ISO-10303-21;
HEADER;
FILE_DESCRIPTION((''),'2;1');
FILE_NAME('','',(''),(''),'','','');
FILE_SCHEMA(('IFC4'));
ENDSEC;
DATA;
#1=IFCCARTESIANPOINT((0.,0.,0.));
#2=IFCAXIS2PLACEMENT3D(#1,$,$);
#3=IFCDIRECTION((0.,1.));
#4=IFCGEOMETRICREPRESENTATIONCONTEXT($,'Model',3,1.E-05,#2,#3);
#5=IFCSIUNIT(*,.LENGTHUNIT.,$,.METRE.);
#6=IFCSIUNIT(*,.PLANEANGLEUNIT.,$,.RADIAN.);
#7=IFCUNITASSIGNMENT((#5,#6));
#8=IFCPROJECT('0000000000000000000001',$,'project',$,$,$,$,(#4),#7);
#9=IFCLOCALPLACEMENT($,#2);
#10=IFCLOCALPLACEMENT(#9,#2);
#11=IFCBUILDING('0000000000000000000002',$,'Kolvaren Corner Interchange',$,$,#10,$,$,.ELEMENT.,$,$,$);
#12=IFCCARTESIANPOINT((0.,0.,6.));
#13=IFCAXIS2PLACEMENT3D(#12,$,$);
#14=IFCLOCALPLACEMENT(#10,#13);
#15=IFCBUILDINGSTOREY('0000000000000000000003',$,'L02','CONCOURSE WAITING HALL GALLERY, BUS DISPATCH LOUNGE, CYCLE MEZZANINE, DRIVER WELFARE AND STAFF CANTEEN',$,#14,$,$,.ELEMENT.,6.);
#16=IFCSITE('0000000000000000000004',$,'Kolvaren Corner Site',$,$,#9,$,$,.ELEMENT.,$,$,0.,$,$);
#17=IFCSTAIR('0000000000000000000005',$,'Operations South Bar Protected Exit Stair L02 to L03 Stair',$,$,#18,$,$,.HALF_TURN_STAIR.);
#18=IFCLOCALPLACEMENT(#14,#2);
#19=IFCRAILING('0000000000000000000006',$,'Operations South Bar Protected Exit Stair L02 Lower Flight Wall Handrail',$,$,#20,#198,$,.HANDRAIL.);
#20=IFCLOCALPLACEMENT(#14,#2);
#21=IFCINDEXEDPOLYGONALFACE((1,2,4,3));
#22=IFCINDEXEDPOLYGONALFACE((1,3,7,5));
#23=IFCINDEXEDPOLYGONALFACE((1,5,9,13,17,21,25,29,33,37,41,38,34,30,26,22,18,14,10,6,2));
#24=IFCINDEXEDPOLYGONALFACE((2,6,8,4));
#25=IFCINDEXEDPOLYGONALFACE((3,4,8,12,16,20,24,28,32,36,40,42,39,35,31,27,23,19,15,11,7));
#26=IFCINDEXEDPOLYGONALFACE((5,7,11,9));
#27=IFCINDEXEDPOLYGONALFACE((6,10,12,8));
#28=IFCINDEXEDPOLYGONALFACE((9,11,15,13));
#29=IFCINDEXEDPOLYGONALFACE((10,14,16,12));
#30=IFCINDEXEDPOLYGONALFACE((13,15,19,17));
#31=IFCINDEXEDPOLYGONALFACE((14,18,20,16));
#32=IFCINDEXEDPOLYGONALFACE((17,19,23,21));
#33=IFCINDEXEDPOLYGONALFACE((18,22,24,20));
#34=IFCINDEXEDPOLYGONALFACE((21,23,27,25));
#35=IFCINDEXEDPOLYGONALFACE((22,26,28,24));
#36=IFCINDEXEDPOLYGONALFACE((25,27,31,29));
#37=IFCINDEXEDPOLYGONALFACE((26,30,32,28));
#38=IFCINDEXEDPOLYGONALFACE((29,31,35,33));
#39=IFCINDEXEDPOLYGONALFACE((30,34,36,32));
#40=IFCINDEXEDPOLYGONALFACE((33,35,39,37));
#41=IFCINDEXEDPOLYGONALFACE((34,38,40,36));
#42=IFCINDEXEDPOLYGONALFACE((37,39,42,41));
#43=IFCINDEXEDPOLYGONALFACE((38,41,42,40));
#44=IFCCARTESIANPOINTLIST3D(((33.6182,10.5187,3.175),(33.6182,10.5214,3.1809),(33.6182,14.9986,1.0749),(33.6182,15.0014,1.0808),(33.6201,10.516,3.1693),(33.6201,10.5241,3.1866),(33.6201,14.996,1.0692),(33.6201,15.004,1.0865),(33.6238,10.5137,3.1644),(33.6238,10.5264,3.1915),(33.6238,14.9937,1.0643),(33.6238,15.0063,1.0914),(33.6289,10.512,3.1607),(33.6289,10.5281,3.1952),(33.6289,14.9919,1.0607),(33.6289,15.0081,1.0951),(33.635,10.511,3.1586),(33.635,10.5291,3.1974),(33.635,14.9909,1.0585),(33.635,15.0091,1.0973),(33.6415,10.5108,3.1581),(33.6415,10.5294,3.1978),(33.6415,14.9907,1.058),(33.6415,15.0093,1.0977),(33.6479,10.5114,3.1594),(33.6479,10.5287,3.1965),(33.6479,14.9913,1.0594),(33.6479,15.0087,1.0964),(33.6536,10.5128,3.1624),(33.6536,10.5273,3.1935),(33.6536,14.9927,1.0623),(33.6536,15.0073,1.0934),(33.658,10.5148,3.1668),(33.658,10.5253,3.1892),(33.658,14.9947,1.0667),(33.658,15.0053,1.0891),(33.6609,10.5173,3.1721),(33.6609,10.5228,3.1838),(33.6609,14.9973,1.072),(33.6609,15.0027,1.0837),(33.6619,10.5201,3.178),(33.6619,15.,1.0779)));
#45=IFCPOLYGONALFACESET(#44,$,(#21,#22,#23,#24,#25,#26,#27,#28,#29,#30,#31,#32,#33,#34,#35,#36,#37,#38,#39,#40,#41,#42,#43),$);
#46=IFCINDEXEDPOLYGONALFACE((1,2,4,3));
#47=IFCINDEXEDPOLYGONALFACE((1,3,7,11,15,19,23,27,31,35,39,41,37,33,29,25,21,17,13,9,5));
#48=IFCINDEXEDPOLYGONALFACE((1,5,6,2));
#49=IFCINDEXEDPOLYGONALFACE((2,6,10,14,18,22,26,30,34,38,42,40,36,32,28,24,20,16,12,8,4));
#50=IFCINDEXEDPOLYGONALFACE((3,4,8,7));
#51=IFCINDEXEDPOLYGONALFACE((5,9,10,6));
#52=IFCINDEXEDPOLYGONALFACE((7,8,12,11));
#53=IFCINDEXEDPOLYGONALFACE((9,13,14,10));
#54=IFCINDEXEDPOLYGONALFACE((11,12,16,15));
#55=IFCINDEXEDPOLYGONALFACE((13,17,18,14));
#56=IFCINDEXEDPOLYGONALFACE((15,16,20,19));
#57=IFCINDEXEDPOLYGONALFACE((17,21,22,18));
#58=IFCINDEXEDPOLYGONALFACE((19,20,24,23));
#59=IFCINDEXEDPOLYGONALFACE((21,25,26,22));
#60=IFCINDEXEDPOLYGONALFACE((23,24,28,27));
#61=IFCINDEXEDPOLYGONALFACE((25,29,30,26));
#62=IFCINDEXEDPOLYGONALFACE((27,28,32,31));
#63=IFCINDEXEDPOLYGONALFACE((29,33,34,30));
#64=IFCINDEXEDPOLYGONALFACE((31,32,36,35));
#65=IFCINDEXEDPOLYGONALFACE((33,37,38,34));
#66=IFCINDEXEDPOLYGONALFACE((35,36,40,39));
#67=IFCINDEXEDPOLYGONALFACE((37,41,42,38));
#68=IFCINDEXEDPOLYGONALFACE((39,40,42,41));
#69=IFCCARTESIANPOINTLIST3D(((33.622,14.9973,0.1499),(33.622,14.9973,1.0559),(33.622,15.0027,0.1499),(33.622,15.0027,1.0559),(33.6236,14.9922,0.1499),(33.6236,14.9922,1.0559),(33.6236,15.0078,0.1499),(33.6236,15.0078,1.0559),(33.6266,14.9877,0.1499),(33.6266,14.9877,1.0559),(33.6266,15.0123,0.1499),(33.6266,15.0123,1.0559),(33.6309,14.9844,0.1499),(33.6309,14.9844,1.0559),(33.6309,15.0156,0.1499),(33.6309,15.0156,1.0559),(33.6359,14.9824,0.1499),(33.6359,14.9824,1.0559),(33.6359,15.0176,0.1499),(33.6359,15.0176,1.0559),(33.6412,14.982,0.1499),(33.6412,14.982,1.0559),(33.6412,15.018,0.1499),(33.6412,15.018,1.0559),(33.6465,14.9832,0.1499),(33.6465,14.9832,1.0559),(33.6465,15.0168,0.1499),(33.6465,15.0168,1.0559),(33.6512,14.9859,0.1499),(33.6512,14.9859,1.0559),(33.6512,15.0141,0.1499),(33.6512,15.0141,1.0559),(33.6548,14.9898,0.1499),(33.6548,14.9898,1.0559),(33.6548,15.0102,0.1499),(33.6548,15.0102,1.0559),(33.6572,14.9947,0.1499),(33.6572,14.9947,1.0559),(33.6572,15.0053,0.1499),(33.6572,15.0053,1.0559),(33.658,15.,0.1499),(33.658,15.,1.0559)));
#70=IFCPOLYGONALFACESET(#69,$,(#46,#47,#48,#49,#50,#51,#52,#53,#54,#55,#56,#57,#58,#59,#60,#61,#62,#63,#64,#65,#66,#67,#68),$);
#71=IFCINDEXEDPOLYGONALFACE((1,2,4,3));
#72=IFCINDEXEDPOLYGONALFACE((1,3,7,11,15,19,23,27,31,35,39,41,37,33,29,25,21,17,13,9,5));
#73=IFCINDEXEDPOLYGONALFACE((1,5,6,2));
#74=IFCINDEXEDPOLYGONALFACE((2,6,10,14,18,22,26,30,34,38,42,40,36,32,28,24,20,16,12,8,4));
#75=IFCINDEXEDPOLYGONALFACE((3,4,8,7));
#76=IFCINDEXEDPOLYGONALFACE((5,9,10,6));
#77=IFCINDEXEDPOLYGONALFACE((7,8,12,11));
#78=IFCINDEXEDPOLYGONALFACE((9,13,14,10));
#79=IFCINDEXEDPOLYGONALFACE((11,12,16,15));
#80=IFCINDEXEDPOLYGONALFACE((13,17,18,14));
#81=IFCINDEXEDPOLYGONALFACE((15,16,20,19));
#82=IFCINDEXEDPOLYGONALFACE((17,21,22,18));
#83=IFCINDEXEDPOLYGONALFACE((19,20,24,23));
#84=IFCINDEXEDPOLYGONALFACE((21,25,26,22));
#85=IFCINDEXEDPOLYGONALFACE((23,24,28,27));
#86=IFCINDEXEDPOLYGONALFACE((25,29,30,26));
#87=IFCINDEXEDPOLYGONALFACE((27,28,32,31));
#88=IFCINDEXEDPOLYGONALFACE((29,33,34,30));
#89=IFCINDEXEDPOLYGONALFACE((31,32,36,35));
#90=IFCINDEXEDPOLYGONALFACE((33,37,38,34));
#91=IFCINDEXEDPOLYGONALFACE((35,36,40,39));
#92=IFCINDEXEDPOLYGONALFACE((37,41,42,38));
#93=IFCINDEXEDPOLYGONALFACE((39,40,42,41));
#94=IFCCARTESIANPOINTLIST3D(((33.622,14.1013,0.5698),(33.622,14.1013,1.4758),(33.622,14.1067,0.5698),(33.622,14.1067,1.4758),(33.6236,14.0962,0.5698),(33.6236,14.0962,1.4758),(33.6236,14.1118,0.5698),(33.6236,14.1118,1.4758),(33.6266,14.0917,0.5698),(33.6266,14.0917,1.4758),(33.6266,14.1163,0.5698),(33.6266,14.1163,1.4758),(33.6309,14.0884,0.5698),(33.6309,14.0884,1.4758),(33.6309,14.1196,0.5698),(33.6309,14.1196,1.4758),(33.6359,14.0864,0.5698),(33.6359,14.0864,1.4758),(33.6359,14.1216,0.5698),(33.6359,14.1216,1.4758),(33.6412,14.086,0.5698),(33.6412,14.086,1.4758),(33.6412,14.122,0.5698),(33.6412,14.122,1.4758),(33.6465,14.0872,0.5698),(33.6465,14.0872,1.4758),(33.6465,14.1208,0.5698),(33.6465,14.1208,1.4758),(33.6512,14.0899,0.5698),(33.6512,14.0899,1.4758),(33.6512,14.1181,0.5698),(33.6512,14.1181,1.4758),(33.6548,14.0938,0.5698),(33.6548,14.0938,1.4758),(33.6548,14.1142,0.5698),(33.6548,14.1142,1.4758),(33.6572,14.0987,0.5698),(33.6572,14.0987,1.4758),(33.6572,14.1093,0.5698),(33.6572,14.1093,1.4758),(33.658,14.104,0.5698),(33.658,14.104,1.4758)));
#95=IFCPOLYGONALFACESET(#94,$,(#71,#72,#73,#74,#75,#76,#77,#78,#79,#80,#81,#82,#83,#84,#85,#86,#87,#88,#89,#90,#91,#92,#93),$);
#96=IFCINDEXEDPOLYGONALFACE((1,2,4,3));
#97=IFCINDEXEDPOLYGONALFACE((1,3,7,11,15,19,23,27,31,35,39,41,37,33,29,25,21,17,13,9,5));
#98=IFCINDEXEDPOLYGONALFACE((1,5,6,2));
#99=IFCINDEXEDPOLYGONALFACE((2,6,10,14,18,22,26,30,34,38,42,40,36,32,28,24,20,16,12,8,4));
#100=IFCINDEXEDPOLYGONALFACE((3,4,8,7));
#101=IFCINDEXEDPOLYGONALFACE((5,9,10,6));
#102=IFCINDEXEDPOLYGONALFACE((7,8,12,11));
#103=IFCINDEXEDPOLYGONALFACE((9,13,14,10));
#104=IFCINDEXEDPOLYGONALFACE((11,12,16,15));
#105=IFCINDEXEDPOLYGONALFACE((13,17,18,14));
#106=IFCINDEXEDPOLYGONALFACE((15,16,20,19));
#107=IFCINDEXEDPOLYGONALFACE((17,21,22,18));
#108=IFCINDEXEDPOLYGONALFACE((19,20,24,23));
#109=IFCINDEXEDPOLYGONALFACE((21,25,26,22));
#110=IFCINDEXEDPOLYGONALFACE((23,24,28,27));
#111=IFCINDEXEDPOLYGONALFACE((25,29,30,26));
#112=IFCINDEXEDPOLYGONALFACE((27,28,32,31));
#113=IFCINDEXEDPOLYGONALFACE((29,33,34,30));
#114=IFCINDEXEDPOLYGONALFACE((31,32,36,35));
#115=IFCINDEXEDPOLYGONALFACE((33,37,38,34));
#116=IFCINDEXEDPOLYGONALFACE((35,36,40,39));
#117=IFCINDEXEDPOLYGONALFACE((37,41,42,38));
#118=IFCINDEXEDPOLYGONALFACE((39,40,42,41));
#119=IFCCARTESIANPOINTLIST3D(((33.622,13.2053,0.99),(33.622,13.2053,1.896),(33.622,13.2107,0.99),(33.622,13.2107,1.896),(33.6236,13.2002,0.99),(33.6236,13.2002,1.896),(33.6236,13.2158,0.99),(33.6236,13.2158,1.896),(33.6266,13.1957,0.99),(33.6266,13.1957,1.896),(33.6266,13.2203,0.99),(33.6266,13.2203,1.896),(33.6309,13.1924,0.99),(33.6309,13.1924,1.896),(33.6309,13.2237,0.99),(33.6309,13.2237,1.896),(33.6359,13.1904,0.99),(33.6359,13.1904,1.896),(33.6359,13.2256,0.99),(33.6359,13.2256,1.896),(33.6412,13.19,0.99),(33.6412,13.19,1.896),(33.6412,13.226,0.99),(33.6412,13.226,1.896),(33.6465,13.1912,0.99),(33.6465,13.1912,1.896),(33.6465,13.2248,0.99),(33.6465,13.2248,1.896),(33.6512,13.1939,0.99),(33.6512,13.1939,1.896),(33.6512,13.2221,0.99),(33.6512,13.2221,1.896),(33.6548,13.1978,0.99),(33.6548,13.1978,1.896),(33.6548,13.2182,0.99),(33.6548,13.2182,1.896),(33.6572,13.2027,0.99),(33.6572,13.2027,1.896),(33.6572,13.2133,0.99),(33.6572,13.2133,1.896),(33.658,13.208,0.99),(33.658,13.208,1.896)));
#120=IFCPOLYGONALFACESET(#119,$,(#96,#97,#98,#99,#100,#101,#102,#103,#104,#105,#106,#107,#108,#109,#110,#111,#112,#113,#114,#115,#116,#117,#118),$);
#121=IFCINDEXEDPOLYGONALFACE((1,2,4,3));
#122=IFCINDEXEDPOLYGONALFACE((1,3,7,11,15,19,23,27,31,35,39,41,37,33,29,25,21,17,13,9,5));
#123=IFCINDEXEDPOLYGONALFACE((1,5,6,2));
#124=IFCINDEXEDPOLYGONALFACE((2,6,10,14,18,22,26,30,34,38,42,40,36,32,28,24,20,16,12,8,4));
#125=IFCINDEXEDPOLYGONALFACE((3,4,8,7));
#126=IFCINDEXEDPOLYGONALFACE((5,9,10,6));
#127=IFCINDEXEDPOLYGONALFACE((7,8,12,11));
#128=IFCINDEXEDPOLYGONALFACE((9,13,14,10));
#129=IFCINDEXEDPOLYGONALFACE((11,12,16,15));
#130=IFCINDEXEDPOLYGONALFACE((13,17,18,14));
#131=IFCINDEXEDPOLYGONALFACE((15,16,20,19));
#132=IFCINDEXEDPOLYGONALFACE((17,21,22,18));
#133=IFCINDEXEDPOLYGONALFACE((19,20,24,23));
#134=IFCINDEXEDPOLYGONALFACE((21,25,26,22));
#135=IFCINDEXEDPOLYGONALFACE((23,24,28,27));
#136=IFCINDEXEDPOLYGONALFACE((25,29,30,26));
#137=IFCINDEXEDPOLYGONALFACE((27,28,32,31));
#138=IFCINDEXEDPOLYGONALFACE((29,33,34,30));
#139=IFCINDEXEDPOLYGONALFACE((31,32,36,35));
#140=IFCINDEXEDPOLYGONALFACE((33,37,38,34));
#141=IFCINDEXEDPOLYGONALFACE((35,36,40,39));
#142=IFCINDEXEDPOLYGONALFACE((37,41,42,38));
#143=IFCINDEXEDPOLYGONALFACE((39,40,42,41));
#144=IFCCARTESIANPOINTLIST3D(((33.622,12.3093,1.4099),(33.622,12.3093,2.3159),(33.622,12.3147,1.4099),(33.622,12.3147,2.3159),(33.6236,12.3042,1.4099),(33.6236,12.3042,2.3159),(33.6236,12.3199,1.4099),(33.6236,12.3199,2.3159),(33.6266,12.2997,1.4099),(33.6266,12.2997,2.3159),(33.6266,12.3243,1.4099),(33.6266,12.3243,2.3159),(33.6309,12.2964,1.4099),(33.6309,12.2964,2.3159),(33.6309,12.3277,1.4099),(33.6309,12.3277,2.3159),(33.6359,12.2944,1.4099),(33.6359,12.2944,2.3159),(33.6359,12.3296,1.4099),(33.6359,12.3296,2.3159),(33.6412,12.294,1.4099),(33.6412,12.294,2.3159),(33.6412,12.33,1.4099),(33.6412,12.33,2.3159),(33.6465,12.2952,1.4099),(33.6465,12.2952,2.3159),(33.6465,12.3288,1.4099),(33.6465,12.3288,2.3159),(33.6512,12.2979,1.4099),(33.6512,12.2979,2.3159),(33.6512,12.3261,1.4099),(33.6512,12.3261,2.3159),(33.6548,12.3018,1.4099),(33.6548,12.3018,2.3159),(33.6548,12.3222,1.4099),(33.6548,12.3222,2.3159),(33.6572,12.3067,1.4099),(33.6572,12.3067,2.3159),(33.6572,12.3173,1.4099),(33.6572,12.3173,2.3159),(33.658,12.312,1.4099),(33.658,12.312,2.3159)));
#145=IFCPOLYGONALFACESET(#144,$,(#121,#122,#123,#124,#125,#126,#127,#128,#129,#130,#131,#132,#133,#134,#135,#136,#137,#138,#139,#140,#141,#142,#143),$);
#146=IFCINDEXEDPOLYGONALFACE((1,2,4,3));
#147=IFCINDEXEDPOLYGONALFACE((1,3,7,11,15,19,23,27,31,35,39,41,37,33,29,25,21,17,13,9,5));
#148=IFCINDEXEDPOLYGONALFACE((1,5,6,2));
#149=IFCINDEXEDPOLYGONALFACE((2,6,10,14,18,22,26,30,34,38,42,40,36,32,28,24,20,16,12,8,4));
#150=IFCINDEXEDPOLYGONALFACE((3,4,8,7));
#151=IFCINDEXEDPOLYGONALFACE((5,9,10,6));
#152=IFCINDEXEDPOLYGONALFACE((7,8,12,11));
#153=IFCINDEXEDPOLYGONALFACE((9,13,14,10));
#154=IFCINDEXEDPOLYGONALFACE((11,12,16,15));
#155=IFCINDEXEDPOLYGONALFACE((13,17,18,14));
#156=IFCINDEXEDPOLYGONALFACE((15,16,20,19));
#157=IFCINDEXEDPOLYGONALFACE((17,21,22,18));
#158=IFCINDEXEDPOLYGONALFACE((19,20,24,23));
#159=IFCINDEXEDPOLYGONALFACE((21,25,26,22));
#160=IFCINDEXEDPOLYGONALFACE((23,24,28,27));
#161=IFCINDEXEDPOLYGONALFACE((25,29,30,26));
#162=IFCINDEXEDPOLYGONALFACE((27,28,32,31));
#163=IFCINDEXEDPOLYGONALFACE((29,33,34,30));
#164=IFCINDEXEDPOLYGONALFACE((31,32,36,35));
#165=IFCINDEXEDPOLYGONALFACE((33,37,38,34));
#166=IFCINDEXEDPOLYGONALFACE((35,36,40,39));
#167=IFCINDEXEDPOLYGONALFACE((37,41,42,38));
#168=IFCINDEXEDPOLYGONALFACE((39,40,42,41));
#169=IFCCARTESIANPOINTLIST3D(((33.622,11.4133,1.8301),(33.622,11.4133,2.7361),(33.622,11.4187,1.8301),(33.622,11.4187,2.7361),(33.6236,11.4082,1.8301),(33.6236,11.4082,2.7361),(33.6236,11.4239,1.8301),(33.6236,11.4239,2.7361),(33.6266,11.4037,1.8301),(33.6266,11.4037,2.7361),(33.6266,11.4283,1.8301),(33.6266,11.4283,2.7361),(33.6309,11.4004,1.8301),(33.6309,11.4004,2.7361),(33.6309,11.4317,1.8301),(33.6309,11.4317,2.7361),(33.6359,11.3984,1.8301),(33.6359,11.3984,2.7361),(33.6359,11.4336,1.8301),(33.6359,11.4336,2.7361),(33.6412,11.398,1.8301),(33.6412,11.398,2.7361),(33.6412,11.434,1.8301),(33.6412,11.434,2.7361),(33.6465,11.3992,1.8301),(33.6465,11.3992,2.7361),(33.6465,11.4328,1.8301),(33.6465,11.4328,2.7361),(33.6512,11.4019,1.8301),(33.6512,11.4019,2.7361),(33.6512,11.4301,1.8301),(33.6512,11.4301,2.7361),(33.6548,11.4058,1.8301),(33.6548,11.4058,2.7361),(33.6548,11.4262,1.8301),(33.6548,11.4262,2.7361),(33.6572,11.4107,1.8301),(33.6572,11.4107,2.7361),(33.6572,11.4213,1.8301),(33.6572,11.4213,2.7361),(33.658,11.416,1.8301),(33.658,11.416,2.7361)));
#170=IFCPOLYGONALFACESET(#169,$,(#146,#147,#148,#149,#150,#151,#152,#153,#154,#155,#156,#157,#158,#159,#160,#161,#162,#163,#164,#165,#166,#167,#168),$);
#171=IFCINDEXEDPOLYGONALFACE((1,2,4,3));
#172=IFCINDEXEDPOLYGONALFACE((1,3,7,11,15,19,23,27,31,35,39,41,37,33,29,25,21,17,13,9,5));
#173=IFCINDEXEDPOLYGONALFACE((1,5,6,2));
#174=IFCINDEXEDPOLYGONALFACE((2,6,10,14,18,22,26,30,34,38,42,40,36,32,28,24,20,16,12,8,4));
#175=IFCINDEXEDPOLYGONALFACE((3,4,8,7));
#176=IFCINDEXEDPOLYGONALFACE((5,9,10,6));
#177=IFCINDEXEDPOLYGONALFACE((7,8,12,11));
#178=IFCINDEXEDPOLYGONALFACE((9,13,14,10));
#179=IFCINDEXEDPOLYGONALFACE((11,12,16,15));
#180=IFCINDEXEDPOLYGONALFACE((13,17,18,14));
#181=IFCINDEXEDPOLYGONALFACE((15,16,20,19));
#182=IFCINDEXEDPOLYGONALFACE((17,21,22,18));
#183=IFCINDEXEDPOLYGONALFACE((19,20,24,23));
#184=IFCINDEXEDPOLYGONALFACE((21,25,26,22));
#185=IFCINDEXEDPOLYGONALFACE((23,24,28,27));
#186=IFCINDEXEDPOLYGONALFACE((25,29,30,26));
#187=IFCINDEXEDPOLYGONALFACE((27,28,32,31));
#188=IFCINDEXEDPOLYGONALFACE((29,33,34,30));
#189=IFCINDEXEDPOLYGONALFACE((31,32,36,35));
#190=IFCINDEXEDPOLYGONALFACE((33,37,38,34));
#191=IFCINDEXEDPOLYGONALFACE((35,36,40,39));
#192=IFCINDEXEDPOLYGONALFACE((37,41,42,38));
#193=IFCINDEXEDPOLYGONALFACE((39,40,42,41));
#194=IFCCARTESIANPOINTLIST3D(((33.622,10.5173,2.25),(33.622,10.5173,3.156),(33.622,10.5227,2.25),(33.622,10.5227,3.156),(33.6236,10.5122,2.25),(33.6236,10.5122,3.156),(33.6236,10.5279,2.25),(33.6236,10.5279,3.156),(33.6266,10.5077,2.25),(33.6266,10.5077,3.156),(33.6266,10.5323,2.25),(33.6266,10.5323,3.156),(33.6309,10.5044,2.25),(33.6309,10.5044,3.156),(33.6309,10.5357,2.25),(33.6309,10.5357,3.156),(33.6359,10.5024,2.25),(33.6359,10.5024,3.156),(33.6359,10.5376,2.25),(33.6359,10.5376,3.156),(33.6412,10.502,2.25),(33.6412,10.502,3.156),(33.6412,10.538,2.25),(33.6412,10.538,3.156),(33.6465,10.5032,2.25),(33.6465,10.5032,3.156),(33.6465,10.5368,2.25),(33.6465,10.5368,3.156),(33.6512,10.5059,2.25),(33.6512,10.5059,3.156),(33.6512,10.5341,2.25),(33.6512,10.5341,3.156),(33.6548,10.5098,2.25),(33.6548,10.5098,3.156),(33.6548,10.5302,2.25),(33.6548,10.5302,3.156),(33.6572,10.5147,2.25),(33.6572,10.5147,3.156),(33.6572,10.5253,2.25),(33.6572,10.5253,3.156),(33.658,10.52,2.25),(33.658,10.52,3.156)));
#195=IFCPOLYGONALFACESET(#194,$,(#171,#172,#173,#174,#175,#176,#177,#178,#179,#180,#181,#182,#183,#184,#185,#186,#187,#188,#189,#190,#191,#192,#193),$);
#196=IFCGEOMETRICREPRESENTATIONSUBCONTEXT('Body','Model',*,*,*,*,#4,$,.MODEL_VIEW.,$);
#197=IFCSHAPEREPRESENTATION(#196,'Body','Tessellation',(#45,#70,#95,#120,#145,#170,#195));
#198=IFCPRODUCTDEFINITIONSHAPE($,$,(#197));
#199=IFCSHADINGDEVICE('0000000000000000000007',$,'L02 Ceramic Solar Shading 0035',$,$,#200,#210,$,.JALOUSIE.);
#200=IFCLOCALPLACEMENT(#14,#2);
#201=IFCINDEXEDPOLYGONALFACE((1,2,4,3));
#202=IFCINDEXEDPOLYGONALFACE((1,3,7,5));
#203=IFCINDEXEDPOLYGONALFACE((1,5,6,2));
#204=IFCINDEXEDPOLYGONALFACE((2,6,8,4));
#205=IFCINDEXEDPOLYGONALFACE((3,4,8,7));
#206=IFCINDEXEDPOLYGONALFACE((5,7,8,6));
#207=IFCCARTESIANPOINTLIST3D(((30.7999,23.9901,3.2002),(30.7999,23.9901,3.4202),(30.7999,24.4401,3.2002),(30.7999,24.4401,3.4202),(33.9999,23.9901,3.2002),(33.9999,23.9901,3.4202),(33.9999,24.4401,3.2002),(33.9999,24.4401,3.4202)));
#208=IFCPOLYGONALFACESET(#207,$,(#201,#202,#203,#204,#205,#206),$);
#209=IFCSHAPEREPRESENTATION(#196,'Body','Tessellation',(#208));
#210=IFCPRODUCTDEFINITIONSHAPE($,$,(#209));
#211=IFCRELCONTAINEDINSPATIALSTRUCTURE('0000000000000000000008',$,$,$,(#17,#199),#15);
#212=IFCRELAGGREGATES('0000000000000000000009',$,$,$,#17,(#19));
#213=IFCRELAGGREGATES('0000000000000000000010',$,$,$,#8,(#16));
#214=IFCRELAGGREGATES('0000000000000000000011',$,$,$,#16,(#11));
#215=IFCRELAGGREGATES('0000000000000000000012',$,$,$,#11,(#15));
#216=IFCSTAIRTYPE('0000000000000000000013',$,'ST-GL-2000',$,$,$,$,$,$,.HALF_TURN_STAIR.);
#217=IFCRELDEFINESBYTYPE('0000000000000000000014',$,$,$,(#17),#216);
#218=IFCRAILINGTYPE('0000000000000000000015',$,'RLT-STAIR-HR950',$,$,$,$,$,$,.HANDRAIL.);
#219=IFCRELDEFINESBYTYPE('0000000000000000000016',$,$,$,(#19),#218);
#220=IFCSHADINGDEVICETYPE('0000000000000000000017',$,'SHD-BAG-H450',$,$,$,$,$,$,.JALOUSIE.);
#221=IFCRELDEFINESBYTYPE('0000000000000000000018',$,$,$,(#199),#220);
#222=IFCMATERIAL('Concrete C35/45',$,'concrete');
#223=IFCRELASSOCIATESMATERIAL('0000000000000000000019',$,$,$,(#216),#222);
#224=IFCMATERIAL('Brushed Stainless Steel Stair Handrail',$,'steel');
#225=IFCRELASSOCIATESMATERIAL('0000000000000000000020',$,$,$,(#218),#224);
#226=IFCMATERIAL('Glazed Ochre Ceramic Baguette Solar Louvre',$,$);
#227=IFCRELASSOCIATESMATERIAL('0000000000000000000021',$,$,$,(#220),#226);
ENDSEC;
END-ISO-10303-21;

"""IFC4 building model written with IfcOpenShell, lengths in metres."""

from ifc_helpers import new_model, si_unit, direction, frame, origin, origin_2d, place, context, subcontext, project, spatial, rectangle, circle, extrude, material, type_object, element, aggregate, save


model = new_model("IFC4")

# Units and contexts
model_context = context("Model", 3, precision=1e-05, world=origin(), true_north=direction((0.0, 1.0)))
body_context = subcontext(model_context, "Body", "Model", "MODEL_VIEW")
ifc_project = project(units=[si_unit("LENGTHUNIT", "METRE"), si_unit("PLANEANGLEUNIT", "RADIAN")], contexts=[model_context])

# Site, building, storey
site_placement = place(None, origin())
site = spatial("IfcSite", under=ifc_project, at=site_placement, Name="Kolvaren Corner Site", CompositionType="ELEMENT", RefElevation=0.0)
building_placement = place(site_placement, origin())
building = spatial("IfcBuilding", under=site, at=building_placement, Name="Kolvaren Corner Interchange", CompositionType="ELEMENT")
storey_placement = place(building_placement, frame((0.0, 0.0, 6.0)))
storey = spatial("IfcBuildingStorey", under=building, at=storey_placement, Name="L02", Description="CONCOURSE WAITING HALL GALLERY, BUS DISPATCH LOUNGE, CYCLE MEZZANINE, DRIVER WELFARE AND STAFF CANTEEN", CompositionType="ELEMENT", Elevation=6.0)

# Stair
ifc_material_1 = material(Name="Concrete C35/45", Category="concrete")
stair_type = type_object("IfcStairType", Name="ST-GL-2000", PredefinedType="HALF_TURN_STAIR", material=ifc_material_1)
stair_placement = place(storey_placement, origin())
stair = element("IfcStair", 1, at=stair_placement, inside=storey, type_object=stair_type, Name="Operations South Bar Protected Exit Stair L02 to L03 Stair", PredefinedType="HALF_TURN_STAIR")

# Railing
ifc_material_2 = material(Name="Brushed Stainless Steel Stair Handrail", Category="steel")
railing_type_1 = type_object("IfcRailingType", Name="RLT-STAIR-HR950", PredefinedType="HANDRAIL", material=ifc_material_2)
railing_1_placement = place(storey_placement, frame((33.6399, 15.0, 0.1499)))
railing_1 = element("IfcRailing", 2, at=railing_1_placement, type_object=railing_type_1, Name="Operations South Bar Protected Exit Stair L02 Lower Flight Wall Handrail", PredefinedType="HANDRAIL", context=body_context, shape_type="SweptSolid", body=[
    extrude(circle(Radius=0.022, at=origin_2d()), frame((0.0, 0.0, 0.928), z_axis=(0.0, -0.905451, 0.424452), x_axis=(1.0, 0.0, 0.0)), (0.0, 0.0, 1.0), 4.9478),
    extrude(circle(Radius=0.0181, at=origin_2d()), origin(), (0.0, 0.0, 1.0), 0.906),
    extrude(circle(Radius=0.0181, at=origin_2d()), frame((0.0, -0.896, 0.4199)), (0.0, 0.0, 1.0), 0.906),
    extrude(circle(Radius=0.0181, at=origin_2d()), frame((0.0, -1.792, 0.8401)), (0.0, 0.0, 1.0), 0.906),
    extrude(circle(Radius=0.0181, at=origin_2d()), frame((0.0, -2.688, 1.26)), (0.0, 0.0, 1.0), 0.906),
    extrude(circle(Radius=0.0181, at=origin_2d()), frame((0.0, -3.584, 1.6802)), (0.0, 0.0, 1.0), 0.906),
    extrude(circle(Radius=0.0181, at=origin_2d()), frame((0.0, -4.48, 2.1001)), (0.0, 0.0, 1.0), 0.906),
])
aggregate(stair, [railing_1])

# Shading device
ifc_material_3 = material(Name="Glazed Ochre Ceramic Baguette Solar Louvre")
shading_device_type_1 = type_object("IfcShadingDeviceType", Name="SHD-BAG-H450", PredefinedType="JALOUSIE", material=ifc_material_3)
shading_device_1_placement = place(storey_placement, frame((32.3999, 24.2151, 3.2002), z_axis=(0.0, 0.0, 1.0), x_axis=(-1.0, 0.0, 0.0)))
element("IfcShadingDevice", 3, at=shading_device_1_placement, inside=storey, type_object=shading_device_type_1, Name="L02 Ceramic Solar Shading 0035", PredefinedType="JALOUSIE", context=body_context, shape_type="SweptSolid", body=[
    extrude(rectangle(XDim=3.2, YDim=0.45, at=origin_2d()), origin(), (0.0, 0.0, 1.0), 0.22),
])

save(model, "model.ifc")
